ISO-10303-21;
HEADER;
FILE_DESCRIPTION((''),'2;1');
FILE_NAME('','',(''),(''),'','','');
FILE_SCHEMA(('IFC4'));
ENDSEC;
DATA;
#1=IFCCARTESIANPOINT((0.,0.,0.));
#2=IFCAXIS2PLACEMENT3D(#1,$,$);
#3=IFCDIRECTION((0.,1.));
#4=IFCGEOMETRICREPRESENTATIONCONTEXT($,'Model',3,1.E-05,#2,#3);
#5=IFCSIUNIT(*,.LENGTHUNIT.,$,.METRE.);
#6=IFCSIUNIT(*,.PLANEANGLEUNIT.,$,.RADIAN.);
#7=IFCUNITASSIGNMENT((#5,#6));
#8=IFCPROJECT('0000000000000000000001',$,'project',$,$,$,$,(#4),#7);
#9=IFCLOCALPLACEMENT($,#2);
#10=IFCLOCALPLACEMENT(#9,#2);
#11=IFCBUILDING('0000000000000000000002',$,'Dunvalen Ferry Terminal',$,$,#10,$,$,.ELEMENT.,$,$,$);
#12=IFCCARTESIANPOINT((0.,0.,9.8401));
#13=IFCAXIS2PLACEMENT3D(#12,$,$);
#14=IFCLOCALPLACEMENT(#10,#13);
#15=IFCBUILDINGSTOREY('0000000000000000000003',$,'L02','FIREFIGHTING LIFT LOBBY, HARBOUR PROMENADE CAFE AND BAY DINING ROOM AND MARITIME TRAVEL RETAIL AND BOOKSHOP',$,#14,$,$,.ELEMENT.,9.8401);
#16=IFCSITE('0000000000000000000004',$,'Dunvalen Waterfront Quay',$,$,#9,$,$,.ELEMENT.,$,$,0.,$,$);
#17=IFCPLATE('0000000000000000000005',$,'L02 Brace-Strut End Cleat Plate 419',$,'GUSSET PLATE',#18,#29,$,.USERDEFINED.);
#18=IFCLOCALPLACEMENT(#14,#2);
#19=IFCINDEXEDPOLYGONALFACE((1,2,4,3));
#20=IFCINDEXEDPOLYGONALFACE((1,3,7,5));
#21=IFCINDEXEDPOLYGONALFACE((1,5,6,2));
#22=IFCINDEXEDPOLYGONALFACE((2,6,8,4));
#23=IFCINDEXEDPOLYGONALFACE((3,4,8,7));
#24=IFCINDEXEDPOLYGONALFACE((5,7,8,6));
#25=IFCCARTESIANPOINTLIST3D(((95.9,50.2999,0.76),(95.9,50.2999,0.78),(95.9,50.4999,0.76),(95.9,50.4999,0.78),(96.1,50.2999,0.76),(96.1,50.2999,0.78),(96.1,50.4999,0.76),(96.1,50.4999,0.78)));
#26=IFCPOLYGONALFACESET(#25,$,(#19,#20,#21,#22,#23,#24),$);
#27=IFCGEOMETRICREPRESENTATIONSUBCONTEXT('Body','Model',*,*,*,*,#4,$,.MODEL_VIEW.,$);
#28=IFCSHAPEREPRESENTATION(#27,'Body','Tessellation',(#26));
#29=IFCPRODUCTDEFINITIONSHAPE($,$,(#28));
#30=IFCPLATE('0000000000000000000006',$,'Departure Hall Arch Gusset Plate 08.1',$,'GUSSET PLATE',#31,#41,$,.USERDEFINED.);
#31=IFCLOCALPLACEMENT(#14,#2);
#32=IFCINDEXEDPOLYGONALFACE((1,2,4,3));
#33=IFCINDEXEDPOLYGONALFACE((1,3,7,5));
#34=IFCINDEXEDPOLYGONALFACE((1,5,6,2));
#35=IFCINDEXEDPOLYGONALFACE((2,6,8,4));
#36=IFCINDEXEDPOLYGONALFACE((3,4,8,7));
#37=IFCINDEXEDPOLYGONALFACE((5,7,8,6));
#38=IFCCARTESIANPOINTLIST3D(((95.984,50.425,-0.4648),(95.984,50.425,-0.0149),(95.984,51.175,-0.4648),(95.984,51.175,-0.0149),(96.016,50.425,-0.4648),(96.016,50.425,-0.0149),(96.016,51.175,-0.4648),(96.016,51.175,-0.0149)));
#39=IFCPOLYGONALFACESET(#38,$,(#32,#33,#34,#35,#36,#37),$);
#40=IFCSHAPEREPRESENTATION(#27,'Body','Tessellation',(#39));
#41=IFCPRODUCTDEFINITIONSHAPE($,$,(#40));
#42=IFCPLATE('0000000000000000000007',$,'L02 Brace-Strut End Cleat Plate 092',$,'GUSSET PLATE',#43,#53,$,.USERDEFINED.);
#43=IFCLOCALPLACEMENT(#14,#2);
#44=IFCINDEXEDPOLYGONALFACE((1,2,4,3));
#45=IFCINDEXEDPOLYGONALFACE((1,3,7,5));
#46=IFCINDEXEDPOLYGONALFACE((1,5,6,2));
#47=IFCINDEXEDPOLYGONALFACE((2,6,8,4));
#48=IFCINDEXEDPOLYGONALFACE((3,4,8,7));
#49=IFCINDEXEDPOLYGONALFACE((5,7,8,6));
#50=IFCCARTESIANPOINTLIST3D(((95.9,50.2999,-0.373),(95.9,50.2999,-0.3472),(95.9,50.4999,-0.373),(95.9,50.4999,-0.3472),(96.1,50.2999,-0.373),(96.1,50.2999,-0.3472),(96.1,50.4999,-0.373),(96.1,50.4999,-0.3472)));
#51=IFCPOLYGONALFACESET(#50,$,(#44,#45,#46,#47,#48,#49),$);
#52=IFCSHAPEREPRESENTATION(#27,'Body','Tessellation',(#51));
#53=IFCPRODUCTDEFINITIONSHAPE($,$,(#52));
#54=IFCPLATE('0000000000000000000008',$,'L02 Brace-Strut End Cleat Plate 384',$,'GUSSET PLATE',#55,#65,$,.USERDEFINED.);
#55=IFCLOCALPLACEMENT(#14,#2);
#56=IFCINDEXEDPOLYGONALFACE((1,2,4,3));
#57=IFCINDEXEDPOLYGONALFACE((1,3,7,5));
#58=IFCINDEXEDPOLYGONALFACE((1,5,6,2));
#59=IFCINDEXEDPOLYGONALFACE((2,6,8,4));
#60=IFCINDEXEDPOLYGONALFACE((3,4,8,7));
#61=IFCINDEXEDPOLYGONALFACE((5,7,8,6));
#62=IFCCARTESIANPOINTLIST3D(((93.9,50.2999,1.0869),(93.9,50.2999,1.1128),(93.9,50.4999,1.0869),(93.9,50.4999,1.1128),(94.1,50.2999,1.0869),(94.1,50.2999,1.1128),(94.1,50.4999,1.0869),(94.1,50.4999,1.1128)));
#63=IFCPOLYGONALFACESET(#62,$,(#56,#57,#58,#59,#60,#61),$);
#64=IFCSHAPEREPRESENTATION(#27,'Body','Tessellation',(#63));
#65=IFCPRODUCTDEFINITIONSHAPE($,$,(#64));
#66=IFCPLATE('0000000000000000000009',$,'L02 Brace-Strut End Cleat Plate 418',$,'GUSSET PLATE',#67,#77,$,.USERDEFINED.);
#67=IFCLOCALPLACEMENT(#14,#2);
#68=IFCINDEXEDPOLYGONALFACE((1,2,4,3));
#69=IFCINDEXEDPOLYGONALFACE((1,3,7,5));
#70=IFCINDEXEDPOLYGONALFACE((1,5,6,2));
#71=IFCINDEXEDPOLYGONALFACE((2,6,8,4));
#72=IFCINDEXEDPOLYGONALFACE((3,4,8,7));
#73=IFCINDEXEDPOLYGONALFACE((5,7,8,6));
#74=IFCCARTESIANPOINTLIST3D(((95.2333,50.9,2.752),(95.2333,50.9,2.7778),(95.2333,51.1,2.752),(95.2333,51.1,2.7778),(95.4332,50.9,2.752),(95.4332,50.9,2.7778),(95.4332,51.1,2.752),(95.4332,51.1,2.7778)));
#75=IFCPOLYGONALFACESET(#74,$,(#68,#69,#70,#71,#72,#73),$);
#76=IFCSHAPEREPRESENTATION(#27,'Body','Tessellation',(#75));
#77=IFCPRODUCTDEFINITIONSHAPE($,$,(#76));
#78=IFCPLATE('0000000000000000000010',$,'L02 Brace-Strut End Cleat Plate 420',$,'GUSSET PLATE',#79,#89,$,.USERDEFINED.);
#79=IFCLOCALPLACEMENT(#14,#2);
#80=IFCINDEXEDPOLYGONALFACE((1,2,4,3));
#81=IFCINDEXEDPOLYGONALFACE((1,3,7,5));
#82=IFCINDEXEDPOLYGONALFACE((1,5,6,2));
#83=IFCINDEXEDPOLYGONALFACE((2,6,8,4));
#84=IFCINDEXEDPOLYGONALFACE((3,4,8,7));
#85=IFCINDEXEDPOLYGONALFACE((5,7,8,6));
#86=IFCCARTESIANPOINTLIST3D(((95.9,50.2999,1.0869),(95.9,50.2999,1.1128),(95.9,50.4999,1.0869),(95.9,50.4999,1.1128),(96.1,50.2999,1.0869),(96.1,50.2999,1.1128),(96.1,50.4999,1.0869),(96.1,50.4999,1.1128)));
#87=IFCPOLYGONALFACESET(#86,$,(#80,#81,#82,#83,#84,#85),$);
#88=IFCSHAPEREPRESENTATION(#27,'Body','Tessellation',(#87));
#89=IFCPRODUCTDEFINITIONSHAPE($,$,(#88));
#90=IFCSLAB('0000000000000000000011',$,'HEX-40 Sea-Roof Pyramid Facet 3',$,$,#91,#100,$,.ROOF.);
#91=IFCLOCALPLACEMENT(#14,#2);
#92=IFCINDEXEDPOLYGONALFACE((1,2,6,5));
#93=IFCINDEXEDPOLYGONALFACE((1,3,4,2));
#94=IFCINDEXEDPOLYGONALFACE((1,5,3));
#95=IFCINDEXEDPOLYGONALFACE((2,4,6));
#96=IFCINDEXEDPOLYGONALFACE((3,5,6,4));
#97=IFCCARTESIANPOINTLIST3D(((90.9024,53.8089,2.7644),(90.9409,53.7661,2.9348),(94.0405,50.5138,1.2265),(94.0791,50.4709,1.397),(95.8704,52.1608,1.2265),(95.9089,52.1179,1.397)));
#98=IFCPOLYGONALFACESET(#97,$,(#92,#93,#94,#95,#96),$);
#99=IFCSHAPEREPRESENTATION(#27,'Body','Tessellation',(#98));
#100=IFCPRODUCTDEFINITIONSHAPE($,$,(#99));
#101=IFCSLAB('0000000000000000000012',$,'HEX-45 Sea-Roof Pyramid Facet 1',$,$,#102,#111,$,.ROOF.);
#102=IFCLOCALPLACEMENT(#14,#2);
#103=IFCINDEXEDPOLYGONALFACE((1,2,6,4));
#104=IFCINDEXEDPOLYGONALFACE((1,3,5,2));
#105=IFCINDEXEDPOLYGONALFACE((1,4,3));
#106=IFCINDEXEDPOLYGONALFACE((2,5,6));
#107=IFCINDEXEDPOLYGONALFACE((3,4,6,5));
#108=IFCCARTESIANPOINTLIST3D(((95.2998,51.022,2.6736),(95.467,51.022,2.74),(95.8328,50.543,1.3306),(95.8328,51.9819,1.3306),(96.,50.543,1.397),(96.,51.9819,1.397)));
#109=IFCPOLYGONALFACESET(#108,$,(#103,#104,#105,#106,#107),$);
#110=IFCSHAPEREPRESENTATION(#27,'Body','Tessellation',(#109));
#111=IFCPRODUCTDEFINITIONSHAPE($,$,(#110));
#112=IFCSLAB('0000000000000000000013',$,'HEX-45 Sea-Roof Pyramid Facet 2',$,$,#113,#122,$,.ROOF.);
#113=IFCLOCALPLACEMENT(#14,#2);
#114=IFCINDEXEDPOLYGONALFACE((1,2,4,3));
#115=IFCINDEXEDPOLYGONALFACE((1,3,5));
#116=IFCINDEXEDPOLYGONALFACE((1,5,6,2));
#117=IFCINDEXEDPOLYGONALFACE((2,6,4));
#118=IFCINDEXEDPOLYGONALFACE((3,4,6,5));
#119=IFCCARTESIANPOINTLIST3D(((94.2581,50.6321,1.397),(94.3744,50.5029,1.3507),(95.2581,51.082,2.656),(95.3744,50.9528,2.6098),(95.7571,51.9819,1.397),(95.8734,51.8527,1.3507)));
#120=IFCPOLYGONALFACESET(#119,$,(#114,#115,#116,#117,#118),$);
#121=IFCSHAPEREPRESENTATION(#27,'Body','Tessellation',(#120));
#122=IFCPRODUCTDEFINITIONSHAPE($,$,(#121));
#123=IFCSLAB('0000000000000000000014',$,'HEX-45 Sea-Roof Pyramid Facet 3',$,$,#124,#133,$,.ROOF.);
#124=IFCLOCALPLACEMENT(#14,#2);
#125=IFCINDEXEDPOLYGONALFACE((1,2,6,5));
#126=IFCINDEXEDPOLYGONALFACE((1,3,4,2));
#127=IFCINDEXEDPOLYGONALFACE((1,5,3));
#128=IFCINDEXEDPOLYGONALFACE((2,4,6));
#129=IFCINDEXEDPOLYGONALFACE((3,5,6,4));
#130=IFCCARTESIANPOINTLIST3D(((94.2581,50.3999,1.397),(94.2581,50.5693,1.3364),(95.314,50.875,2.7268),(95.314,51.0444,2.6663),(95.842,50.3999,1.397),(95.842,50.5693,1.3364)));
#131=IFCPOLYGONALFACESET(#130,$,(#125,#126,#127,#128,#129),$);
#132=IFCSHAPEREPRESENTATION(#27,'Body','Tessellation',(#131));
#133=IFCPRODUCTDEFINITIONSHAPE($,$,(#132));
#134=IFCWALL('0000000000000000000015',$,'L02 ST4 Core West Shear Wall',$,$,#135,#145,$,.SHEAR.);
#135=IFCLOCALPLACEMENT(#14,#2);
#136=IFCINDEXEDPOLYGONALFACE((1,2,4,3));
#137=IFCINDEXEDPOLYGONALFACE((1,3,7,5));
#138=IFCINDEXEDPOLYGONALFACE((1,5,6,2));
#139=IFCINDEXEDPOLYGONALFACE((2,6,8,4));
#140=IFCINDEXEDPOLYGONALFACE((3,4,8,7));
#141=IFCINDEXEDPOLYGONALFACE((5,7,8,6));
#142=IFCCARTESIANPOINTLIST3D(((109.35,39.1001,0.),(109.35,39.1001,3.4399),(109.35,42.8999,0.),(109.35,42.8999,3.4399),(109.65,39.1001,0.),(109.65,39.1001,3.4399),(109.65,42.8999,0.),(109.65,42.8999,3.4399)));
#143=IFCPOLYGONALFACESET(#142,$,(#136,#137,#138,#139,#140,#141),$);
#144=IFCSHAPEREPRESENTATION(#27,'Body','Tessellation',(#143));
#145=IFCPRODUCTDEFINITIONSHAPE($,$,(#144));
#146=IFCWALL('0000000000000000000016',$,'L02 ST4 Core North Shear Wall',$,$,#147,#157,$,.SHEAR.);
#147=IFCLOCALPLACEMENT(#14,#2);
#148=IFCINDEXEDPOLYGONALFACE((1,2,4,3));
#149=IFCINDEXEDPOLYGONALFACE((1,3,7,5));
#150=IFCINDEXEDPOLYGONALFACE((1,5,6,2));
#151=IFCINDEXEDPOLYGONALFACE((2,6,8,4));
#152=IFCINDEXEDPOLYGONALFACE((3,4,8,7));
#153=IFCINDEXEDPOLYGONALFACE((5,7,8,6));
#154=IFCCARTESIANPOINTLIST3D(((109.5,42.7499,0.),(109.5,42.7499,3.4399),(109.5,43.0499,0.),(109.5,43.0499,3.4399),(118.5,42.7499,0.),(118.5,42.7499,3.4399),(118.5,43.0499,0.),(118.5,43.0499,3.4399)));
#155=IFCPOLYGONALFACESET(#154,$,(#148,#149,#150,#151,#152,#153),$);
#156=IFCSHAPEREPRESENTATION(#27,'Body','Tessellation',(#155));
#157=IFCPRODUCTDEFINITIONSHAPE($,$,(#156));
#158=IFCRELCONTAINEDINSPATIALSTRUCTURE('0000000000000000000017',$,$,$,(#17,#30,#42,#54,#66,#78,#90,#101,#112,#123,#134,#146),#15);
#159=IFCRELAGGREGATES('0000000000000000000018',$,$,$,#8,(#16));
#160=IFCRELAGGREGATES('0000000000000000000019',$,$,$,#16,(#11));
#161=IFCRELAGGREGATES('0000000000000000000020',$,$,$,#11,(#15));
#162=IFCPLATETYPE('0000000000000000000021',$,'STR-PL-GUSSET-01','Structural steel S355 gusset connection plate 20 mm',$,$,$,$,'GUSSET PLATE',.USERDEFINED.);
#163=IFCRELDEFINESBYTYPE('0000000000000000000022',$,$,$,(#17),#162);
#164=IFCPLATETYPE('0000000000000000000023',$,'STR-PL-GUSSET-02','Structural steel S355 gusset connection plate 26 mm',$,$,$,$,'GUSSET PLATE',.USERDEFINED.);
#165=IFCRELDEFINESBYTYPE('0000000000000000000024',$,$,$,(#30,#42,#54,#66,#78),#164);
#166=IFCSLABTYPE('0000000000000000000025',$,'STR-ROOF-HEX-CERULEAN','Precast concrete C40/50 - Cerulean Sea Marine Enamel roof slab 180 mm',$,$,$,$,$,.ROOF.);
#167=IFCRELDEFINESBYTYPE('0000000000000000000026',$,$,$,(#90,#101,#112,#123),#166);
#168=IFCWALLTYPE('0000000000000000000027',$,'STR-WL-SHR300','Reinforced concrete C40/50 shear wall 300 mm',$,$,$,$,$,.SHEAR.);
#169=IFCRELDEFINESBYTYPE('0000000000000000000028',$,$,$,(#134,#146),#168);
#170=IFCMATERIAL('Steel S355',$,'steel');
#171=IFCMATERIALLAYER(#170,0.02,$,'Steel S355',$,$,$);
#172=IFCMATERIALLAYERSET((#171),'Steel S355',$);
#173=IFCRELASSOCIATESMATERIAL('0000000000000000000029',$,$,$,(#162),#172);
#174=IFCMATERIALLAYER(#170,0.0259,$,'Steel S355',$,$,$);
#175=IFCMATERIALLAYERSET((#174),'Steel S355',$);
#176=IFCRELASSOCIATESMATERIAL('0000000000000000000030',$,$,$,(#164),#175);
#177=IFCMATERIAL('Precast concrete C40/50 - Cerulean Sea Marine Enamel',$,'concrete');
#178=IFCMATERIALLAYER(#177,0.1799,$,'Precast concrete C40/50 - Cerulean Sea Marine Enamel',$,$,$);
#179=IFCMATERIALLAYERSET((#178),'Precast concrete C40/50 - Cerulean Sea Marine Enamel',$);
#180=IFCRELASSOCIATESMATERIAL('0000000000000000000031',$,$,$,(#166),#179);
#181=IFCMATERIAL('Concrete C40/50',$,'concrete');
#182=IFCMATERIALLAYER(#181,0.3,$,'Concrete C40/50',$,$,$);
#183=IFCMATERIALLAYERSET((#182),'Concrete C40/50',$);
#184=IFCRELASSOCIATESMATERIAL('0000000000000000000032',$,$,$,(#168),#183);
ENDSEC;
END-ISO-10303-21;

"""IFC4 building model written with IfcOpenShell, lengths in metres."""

from ifc_helpers import new_model, si_unit, direction, frame, frame_2d, origin, origin_2d, place, context, subcontext, project, spatial, polyline, rectangle, outline, extrude, material, layer, layer_set, type_object, element, save


model = new_model("IFC4")

# Units and contexts
model_context = context("Model", 3, precision=1e-05, world=origin(), true_north=direction((0.0, 1.0)))
body_context = subcontext(model_context, "Body", "Model", "MODEL_VIEW")
ifc_project = project(units=[si_unit("LENGTHUNIT", "METRE"), si_unit("PLANEANGLEUNIT", "RADIAN")], contexts=[model_context])

# Site, building, storey
site_placement = place(None, origin())
site = spatial("IfcSite", under=ifc_project, at=site_placement, Name="Dunvalen Waterfront Quay", CompositionType="ELEMENT", RefElevation=0.0)
building_placement = place(site_placement, origin())
building = spatial("IfcBuilding", under=site, at=building_placement, Name="Dunvalen Ferry Terminal", CompositionType="ELEMENT")
storey_placement = place(building_placement, frame((0.0, 0.0, 9.8401)))
storey = spatial("IfcBuildingStorey", under=building, at=storey_placement, Name="L02", Description="FIREFIGHTING LIFT LOBBY, HARBOUR PROMENADE CAFE AND BAY DINING ROOM AND MARITIME TRAVEL RETAIL AND BOOKSHOP", CompositionType="ELEMENT", Elevation=9.8401)

# Shared definitions
ifc_material_1 = material(Name="Steel S355", Category="steel")
ifc_material_2 = material(Name="Concrete C40/50", Category="concrete")

# Plates
ifc_layer_1 = layer(ifc_material_1, 0.02, Name="Steel S355")
ifc_layer_set_1 = layer_set([ifc_layer_1], Name="Steel S355")
plate_type_1 = type_object("IfcPlateType", Name="STR-PL-GUSSET-01", Description="Structural steel S355 gusset connection plate 20 mm", ElementType="GUSSET PLATE", PredefinedType="USERDEFINED", material=ifc_layer_set_1)
plate_1_placement = place(storey_placement, frame((96.0, 50.3999, 0.76), z_axis=(0.0, 0.0, 1.0), x_axis=(1.0, 0.0, 0.0)))
element("IfcPlate", 1, at=plate_1_placement, inside=storey, type_object=plate_type_1, Name="L02 Brace-Strut End Cleat Plate 419", ObjectType="GUSSET PLATE", PredefinedType="USERDEFINED", context=body_context, shape_type="SweptSolid", body=[
    extrude(rectangle(XDim=0.2, YDim=0.2, at=origin_2d()), origin(), (0.0, 0.0, 1.0), 0.02),
])
ifc_layer_2 = layer(ifc_material_1, 0.0259, Name="Steel S355")
ifc_layer_set_2 = layer_set([ifc_layer_2], Name="Steel S355")
plate_type_2 = type_object("IfcPlateType", Name="STR-PL-GUSSET-02", Description="Structural steel S355 gusset connection plate 26 mm", ElementType="GUSSET PLATE", PredefinedType="USERDEFINED", material=ifc_layer_set_2)
plate_2_placement = place(storey_placement, frame((96.0, 50.8, -0.4648), z_axis=(0.0, 0.0, 1.0), x_axis=(1.0, 0.0, 0.0)))
element("IfcPlate", 2, at=plate_2_placement, inside=storey, type_object=plate_type_2, Name="Departure Hall Arch Gusset Plate 08.1", ObjectType="GUSSET PLATE", PredefinedType="USERDEFINED", context=body_context, shape_type="SweptSolid", body=[
    extrude(rectangle(XDim=0.032, YDim=0.75, at=origin_2d()), origin(), (0.0, 0.0, 1.0), 0.45),
])
for number, where, z_axis, x_axis, name in (
    (3, (96.0, 50.3999, -0.373), (0.0, 0.0, 1.0), (1.0, 0.0, 0.0), "L02 Brace-Strut End Cleat Plate 092"),
    (4, (94.0, 50.3999, 1.0869), (0.0, 0.0, 1.0), (1.0, 0.0, 0.0), "L02 Brace-Strut End Cleat Plate 384"),
    (5, (95.3333, 51.0, 2.752), (0.0, 0.0, 1.0), (1.0, 0.0, 0.0), "L02 Brace-Strut End Cleat Plate 418"),
    (6, (96.0, 50.3999, 1.0869), (0.0, 0.0, 1.0), (1.0, 0.0, 0.0), "L02 Brace-Strut End Cleat Plate 420"),
):
    element("IfcPlate", number, at=place(storey_placement, frame(where, z_axis=z_axis, x_axis=x_axis)), inside=storey, type_object=plate_type_2, Name=name, ObjectType="GUSSET PLATE", PredefinedType="USERDEFINED", context=body_context, shape_type="SweptSolid", body=[
        extrude(rectangle(XDim=0.2, YDim=0.2, at=origin_2d()), origin(), (0.0, 0.0, 1.0), 0.0259),
    ])

# Slabs
ifc_material_3 = material(Name="Precast concrete C40/50 - Cerulean Sea Marine Enamel", Category="concrete")
ifc_layer_3 = layer(ifc_material_3, 0.1799, Name="Precast concrete C40/50 - Cerulean Sea Marine Enamel")
ifc_layer_set_3 = layer_set([ifc_layer_3], Name="Precast concrete C40/50 - Cerulean Sea Marine Enamel")
slab_type = type_object("IfcSlabType", Name="STR-ROOF-HEX-CERULEAN", Description="Precast concrete C40/50 - Cerulean Sea Marine Enamel roof slab 180 mm", PredefinedType="ROOF", material=ifc_layer_set_3)
slab_1_placement = place(storey_placement, frame((94.0791, 50.4709, 1.397), z_axis=(0.214265, -0.238055, 0.947323), x_axis=(0.743269, 0.668992, 0.0)))
element("IfcSlab", 7, at=slab_1_placement, inside=storey, type_object=slab_type, Name="HEX-40 Sea-Roof Pyramid Facet 3", PredefinedType="ROOF", context=body_context, shape_type="SweptSolid", body=[
    extrude(outline(polyline([(0.0, 0.0), (2.4619, 0.0), (-0.1281, 4.8015), (0.0, 0.0)])), origin(), (0.0, 0.0, -1.0), 0.1799),
])
slab_2_placement = place(storey_placement, frame((96.0, 50.543, 1.397), z_axis=(0.929487, 0.0, 0.368855), x_axis=(0.0, 1.0, 0.0)))
element("IfcSlab", 8, at=slab_2_placement, inside=storey, type_object=slab_type, Name="HEX-45 Sea-Roof Pyramid Facet 1", PredefinedType="ROOF", context=body_context, shape_type="SweptSolid", body=[
    extrude(outline(polyline([(0.0, 0.0), (1.439, 0.0), (0.479, 1.4449), (0.0, 0.0)])), origin(), (0.0, 0.0, -1.0), 0.1799),
])
slab_3_placement = place(storey_placement, frame((95.7571, 51.9819, 1.397), z_axis=(-0.646691, 0.718156, 0.256988), x_axis=(-0.743114, -0.669165, 0.0)))
element("IfcSlab", 9, at=slab_3_placement, inside=storey, type_object=slab_type, Name="HEX-45 Sea-Roof Pyramid Facet 2", PredefinedType="ROOF", context=body_context, shape_type="SweptSolid", body=[
    extrude(outline(polyline([(0.0, 0.0), (2.0172, 0.0), (0.973, 1.3028), (0.0, 0.0)])), origin(), (0.0, 0.0, -1.0), 0.1799),
])
slab_4_placement = place(storey_placement, frame((94.2581, 50.3999, 1.397), z_axis=(0.0, -0.941707, 0.336435), x_axis=(1.0, 0.0, 0.0)))
element("IfcSlab", 10, at=slab_4_placement, inside=storey, type_object=slab_type, Name="HEX-45 Sea-Roof Pyramid Facet 3", PredefinedType="ROOF", context=body_context, shape_type="SweptSolid", body=[
    extrude(outline(polyline([(0.0, 0.0), (1.584, 0.0), (1.0559, 1.4122), (0.0, 0.0)])), origin(), (0.0, 0.0, -1.0), 0.1799),
])

# Walls
ifc_layer_4 = layer(ifc_material_2, 0.3, Name="Concrete C40/50")
ifc_layer_set_4 = layer_set([ifc_layer_4], Name="Concrete C40/50")
wall_type = type_object("IfcWallType", Name="STR-WL-SHR300", Description="Reinforced concrete C40/50 shear wall 300 mm", PredefinedType="SHEAR", material=ifc_layer_set_4)
wall_1_placement = place(storey_placement, frame((109.5, 39.1001, 0.0), z_axis=(0.0, 0.0, 1.0), x_axis=(0.0, 1.0, 0.0)))
element("IfcWall", 11, at=wall_1_placement, inside=storey, type_object=wall_type, Name="L02 ST4 Core West Shear Wall", PredefinedType="SHEAR", context=body_context, shape_type="SweptSolid", body=[
    extrude(rectangle(XDim=3.7998, YDim=0.3, at=frame_2d((1.8999, 0.0))), origin(), (0.0, 0.0, 1.0), 3.4399),
])
wall_2_placement = place(storey_placement, frame((109.5, 42.8999, 0.0), z_axis=(0.0, 0.0, 1.0), x_axis=(1.0, 0.0, 0.0)))
element("IfcWall", 12, at=wall_2_placement, inside=storey, type_object=wall_type, Name="L02 ST4 Core North Shear Wall", PredefinedType="SHEAR", context=body_context, shape_type="SweptSolid", body=[
    extrude(rectangle(XDim=9.0, YDim=0.3, at=frame_2d((4.5, 0.0))), origin(), (0.0, 0.0, 1.0), 3.4399),
])

save(model, "model.ifc")
